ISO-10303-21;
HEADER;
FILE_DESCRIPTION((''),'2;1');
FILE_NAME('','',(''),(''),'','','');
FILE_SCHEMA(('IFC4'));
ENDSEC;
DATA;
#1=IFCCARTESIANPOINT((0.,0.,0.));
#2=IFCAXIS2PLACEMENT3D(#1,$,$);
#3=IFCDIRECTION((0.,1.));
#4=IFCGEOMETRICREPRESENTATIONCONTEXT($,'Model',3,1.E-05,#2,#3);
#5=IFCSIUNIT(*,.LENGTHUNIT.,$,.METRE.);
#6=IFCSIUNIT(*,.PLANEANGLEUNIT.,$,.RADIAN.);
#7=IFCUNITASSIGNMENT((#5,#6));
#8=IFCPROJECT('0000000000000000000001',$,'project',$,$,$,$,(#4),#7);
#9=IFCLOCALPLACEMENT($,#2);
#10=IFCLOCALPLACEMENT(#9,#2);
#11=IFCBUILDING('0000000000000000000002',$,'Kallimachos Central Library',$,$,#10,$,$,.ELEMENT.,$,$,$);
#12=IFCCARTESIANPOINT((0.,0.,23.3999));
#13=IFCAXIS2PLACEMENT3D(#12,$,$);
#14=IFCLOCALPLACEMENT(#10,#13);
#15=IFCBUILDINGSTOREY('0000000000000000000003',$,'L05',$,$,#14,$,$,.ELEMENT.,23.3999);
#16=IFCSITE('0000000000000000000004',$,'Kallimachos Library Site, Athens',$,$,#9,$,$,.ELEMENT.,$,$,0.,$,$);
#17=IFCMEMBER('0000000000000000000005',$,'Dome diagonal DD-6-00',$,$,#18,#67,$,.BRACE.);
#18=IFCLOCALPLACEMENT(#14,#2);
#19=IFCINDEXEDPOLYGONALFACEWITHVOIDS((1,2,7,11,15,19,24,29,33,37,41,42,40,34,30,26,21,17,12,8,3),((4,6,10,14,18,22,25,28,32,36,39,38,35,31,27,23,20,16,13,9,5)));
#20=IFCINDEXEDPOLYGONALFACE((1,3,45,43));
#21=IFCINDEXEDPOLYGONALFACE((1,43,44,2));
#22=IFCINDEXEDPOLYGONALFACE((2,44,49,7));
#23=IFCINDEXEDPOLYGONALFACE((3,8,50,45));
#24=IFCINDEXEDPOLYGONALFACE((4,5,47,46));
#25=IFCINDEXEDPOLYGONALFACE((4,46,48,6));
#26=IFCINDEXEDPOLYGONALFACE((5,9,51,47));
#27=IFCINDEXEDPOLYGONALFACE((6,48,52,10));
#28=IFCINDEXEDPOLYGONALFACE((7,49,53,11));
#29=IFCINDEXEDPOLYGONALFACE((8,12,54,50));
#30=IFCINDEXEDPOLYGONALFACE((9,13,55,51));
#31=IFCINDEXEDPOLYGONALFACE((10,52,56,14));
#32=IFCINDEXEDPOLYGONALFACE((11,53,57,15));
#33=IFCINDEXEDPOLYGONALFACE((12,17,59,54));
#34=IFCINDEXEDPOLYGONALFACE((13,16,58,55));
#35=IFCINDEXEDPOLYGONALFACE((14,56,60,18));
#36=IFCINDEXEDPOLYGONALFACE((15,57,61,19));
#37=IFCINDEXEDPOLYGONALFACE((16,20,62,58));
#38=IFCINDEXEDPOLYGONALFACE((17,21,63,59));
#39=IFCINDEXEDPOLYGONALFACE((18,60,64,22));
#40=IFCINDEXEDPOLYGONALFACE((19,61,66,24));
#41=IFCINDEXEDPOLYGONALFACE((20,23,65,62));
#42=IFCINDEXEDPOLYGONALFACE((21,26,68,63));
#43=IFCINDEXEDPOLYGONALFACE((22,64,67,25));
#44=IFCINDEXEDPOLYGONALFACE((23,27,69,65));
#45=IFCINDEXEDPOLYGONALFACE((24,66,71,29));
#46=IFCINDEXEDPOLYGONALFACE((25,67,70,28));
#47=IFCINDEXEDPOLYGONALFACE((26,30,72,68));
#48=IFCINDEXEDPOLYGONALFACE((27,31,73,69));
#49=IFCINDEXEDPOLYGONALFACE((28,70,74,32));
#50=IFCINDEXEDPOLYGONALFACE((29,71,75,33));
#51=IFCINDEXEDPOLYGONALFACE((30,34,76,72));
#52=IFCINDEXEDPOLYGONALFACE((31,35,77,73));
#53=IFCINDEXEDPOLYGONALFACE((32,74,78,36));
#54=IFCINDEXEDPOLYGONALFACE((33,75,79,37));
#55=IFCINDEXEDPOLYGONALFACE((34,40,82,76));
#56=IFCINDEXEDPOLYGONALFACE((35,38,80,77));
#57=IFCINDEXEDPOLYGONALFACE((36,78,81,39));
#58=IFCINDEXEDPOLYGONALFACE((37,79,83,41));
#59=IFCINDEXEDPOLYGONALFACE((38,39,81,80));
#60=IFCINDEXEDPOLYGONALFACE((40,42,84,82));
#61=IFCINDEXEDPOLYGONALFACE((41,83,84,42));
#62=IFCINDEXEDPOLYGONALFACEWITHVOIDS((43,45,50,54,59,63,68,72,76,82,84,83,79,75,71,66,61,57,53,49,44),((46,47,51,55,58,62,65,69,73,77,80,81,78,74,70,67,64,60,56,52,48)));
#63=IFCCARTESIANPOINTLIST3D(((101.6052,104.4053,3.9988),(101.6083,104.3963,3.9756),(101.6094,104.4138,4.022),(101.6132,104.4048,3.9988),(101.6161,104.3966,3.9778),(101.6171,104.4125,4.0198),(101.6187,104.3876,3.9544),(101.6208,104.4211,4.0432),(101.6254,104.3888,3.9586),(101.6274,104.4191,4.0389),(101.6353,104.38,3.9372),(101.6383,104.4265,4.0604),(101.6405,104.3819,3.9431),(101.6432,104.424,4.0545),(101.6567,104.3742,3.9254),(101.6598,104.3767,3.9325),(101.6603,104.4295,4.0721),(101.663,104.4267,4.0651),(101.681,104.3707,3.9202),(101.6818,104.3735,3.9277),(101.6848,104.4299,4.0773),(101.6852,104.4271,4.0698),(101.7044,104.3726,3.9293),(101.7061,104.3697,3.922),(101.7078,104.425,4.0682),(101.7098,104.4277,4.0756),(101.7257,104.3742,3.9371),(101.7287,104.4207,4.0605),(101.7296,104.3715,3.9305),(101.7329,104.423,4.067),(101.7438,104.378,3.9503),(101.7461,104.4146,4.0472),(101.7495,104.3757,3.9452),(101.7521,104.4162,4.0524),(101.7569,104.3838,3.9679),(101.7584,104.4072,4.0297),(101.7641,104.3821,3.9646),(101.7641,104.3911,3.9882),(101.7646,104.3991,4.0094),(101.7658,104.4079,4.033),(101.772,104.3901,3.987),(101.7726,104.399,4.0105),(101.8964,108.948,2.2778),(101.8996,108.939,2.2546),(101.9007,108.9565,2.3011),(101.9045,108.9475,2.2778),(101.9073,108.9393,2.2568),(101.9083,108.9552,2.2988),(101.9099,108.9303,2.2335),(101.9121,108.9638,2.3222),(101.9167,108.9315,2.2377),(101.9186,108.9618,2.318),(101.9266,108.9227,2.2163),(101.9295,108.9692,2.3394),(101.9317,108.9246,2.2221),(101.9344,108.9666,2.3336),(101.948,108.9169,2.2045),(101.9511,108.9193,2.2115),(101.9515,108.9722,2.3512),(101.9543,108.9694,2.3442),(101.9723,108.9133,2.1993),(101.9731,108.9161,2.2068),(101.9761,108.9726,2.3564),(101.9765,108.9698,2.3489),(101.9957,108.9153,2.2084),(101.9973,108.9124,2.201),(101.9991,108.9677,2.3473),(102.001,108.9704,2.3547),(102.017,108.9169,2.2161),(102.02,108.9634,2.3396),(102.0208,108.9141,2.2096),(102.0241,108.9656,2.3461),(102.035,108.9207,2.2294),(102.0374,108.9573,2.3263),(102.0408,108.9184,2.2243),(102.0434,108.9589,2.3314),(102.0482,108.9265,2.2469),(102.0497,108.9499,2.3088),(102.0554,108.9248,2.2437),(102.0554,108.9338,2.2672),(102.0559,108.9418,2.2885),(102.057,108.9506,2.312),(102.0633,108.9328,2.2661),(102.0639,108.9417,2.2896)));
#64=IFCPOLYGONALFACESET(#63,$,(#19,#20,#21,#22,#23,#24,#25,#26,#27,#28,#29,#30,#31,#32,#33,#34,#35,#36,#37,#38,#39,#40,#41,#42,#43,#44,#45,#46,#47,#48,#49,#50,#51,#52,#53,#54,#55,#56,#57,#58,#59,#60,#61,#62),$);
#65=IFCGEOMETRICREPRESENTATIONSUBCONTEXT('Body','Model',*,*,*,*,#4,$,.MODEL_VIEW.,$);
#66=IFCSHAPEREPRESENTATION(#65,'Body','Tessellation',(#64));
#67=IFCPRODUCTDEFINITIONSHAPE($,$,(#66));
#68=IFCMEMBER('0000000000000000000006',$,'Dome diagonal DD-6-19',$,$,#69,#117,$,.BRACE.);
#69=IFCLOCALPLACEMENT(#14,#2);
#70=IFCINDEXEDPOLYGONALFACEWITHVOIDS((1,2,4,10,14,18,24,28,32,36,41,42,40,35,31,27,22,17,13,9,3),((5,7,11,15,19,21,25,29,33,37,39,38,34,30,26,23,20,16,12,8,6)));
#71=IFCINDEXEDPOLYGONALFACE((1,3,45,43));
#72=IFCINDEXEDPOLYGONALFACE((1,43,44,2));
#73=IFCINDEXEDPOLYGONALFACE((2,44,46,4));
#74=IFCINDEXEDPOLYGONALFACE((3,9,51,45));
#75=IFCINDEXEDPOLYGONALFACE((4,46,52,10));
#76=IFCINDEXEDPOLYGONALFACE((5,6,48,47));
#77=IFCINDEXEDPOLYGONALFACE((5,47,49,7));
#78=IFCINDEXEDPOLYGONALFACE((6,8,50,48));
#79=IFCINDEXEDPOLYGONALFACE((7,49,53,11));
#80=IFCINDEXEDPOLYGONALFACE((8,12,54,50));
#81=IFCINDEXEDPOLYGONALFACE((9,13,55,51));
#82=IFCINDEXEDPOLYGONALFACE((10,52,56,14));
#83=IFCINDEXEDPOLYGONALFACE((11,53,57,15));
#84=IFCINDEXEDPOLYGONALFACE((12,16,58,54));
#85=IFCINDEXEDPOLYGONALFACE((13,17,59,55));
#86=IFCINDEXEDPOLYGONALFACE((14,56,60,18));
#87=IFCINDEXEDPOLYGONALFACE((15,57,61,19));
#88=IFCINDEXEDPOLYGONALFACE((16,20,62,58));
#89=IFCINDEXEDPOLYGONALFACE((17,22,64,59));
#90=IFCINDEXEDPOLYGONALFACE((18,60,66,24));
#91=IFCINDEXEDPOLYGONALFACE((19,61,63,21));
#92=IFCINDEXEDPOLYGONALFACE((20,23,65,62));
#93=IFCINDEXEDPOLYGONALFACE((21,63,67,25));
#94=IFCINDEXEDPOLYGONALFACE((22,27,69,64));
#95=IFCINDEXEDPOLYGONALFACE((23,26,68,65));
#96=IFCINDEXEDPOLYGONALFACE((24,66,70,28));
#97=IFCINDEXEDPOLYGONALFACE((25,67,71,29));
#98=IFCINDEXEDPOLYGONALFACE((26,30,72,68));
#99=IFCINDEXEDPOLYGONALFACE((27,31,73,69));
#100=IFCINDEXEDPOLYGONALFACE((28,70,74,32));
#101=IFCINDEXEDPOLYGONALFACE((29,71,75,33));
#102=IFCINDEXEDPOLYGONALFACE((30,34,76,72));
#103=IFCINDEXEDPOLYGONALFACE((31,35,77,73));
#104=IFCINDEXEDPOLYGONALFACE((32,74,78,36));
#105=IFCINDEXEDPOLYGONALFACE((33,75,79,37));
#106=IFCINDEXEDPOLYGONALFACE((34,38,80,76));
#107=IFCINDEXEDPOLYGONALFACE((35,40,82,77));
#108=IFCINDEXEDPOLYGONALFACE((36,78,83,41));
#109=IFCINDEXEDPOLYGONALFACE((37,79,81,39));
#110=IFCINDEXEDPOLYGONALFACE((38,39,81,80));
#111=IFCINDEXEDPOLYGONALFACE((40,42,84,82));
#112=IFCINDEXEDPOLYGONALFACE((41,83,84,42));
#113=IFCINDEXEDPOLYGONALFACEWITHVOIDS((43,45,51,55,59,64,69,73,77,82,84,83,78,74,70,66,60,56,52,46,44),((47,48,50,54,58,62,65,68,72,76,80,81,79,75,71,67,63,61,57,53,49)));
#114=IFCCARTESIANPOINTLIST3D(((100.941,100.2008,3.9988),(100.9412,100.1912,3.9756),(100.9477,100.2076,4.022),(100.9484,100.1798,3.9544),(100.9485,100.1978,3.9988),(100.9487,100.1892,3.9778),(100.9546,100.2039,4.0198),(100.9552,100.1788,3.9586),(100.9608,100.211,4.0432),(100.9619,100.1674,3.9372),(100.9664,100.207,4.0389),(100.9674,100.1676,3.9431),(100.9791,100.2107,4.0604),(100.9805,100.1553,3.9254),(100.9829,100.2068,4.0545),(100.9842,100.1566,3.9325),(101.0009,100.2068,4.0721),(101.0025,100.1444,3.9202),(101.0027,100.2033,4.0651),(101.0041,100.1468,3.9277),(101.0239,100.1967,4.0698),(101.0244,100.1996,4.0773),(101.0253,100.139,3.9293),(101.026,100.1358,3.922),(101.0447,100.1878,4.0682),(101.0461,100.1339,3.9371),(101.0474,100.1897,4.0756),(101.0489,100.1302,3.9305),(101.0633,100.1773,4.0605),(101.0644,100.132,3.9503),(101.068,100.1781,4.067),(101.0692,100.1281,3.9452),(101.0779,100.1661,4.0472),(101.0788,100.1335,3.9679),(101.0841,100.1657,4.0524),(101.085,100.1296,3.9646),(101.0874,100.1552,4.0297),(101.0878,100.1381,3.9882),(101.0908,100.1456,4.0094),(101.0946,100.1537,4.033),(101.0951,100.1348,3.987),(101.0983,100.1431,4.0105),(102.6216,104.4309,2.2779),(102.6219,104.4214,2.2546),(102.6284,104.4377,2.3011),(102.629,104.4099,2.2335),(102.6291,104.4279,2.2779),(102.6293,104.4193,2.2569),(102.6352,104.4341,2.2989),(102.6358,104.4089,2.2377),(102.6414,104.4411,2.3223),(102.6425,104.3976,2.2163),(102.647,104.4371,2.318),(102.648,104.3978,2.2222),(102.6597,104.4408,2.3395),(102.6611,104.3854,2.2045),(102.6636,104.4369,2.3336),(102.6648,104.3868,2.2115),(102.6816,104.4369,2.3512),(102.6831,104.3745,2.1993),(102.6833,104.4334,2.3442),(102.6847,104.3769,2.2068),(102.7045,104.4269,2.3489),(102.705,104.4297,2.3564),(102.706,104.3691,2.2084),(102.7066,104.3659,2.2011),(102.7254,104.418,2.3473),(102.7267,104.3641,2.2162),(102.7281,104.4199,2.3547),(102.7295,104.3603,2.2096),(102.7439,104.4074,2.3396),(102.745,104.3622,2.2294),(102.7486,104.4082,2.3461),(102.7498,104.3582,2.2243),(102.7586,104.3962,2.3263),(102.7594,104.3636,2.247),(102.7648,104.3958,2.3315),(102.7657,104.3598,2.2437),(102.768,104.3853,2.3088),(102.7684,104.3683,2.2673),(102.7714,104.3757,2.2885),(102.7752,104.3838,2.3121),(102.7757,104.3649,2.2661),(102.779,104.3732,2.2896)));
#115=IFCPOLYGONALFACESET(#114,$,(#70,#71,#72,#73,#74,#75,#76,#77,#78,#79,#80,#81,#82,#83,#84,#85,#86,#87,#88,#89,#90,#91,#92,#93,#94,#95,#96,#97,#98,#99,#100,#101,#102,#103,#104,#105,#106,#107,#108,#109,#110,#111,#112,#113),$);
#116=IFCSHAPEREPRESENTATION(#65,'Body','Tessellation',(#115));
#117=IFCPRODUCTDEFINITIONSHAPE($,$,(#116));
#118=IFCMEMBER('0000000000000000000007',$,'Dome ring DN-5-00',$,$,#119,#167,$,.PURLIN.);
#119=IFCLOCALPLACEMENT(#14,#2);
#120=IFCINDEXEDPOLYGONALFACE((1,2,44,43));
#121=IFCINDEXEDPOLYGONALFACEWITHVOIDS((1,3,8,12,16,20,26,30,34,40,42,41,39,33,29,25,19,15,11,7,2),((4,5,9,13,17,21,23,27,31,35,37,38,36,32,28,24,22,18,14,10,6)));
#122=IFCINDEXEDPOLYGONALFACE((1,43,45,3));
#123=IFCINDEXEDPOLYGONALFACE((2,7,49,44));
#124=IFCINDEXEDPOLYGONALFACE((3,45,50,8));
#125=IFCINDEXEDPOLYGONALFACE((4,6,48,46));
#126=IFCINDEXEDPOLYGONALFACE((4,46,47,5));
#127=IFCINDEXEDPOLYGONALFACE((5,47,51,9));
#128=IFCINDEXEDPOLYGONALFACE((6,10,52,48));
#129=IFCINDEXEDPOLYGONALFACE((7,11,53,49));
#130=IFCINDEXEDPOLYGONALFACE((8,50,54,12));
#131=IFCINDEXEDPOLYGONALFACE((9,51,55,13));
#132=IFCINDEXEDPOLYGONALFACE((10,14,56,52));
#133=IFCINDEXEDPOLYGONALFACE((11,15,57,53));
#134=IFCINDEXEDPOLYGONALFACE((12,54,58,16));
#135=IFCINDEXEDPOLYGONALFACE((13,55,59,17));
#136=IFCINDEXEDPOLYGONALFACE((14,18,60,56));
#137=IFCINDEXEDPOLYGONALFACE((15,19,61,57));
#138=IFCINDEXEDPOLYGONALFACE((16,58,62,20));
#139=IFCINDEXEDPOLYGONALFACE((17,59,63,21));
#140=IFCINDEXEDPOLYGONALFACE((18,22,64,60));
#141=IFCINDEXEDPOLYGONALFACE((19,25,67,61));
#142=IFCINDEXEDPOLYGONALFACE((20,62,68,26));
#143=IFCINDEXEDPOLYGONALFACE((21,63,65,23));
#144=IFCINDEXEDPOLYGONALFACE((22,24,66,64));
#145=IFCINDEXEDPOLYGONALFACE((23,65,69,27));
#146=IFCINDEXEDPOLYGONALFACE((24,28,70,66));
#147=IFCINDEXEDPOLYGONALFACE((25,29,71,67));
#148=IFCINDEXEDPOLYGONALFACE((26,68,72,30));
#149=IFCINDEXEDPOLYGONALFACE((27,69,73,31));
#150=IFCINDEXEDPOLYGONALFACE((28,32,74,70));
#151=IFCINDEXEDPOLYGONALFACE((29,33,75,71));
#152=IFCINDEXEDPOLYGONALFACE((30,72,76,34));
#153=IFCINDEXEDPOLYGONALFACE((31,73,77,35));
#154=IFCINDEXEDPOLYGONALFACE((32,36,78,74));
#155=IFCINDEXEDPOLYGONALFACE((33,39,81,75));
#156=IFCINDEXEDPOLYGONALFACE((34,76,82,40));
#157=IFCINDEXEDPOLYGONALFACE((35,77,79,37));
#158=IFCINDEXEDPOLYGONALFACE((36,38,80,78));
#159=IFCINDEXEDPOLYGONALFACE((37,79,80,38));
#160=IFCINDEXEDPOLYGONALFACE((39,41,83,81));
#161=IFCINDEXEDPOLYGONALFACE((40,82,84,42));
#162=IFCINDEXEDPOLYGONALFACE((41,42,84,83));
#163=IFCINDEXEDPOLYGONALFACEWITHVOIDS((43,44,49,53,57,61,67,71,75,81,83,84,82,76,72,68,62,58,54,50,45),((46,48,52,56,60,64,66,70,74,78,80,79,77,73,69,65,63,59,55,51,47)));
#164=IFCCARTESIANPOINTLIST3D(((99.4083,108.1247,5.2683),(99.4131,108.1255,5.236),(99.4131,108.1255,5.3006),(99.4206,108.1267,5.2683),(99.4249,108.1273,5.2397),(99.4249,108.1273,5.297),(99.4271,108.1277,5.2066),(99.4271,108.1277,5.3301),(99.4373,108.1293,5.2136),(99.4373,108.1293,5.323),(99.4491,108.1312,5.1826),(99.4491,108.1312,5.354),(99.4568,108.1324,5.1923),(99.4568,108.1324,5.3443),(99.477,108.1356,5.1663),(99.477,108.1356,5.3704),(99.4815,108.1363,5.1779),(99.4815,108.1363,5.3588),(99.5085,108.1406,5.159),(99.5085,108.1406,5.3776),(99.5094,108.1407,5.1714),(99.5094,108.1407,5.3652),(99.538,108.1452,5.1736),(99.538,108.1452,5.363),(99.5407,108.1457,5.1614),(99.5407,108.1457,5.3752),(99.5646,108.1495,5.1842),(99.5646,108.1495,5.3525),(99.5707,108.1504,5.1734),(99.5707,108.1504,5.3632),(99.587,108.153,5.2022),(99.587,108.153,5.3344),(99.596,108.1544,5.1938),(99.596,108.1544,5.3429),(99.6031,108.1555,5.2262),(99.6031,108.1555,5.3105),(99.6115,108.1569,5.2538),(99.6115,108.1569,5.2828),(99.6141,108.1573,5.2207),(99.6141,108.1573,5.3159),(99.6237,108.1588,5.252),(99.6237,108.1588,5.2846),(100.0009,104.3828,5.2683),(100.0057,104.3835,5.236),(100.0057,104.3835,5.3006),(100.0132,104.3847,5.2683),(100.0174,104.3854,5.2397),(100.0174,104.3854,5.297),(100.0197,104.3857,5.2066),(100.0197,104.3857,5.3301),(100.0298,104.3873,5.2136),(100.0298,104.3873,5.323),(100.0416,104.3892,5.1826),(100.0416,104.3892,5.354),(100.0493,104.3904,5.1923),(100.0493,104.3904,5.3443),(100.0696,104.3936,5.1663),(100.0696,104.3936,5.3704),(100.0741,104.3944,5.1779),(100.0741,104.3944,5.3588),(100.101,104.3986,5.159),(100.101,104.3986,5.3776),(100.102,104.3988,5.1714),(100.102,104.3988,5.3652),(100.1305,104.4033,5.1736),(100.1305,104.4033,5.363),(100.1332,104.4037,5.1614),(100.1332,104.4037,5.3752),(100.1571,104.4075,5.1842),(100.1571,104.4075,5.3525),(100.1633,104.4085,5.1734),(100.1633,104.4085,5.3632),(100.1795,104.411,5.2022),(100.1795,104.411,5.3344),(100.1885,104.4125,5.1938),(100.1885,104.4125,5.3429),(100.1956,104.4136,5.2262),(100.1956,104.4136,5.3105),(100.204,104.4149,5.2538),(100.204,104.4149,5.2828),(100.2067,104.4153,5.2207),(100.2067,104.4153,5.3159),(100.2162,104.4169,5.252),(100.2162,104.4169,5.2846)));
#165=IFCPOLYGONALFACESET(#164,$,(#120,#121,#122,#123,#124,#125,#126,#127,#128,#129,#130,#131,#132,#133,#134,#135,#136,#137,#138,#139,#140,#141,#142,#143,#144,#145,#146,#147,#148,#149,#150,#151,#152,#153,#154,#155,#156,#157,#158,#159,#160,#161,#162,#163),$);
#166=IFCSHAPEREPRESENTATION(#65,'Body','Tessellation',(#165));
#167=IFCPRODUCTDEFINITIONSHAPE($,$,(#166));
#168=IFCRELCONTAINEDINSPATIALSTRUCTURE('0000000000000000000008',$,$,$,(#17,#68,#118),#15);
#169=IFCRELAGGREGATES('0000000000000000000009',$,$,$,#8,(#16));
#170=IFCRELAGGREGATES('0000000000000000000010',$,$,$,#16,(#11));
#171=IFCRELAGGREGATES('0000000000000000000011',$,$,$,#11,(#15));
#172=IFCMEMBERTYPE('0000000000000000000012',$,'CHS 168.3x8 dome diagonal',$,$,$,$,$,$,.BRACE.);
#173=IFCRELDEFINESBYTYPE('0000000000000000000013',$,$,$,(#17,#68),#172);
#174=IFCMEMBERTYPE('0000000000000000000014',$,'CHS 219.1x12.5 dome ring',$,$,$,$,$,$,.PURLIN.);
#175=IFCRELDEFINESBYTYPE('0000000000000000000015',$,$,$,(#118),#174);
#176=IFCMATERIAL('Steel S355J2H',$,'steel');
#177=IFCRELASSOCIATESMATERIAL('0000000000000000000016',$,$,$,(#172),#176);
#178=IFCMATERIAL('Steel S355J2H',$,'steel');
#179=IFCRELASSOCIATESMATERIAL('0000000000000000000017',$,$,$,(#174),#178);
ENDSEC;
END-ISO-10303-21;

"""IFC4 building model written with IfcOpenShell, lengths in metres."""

from ifc_helpers import new_model, si_unit, direction, frame, origin, origin_2d, place, context, subcontext, project, spatial, hollow_circle, extrude, material, material_profile, profile_set, type_object, element, save


model = new_model("IFC4")

# Units and contexts
model_context = context("Model", 3, precision=1e-05, world=origin(), true_north=direction((0.0, 1.0)))
body_context = subcontext(model_context, "Body", "Model", "MODEL_VIEW")
ifc_project = project(units=[si_unit("LENGTHUNIT", "METRE"), si_unit("PLANEANGLEUNIT", "RADIAN")], contexts=[model_context])

# Site, building, storey
site_placement = place(None, origin())
site = spatial("IfcSite", under=ifc_project, at=site_placement, Name="Kallimachos Library Site, Athens", CompositionType="ELEMENT", RefElevation=0.0)
building_placement = place(site_placement, origin())
building = spatial("IfcBuilding", under=site, at=building_placement, Name="Kallimachos Central Library", CompositionType="ELEMENT")
storey_placement = place(building_placement, frame((0.0, 0.0, 23.3999)))
storey = spatial("IfcBuildingStorey", under=building, at=storey_placement, Name="L05", CompositionType="ELEMENT", Elevation=23.3999)

# Members
ifc_material_1 = material(Name="Steel S355J2H", Category="steel")
ifc_material_profile_1 = material_profile(ifc_material_1, hollow_circle(Radius=0.0842, WallThickness=0.0081, at=origin_2d()), Name="CHS 168.3x8")
ifc_profile_set_1 = profile_set([ifc_material_profile_1], Name="Steel S355J2H")
member_type_1 = type_object("IfcMemberType", Name="CHS 168.3x8 dome diagonal", PredefinedType="BRACE", material=ifc_profile_set_1)
member_1_placement = place(storey_placement, frame((101.6892, 104.3999, 3.9988), z_axis=(0.05985, 0.933468, -0.353631), x_axis=(-0.997951, 0.063984, 0.0)))
element("IfcMember", 1, at=member_1_placement, inside=storey, type_object=member_type_1, Name="Dome diagonal DD-6-00", PredefinedType="BRACE", context=body_context, shape_type="SweptSolid", body=[
    extrude(hollow_circle(Radius=0.0842, WallThickness=0.0081, at=origin_2d()), origin(), (0.0, 0.0, 1.0), 4.8665),
])
member_2_placement = place(storey_placement, frame((101.0193, 100.1697, 3.9988), z_axis=(0.345366, 0.869286, -0.353644), x_axis=(-0.92934, 0.369226, 0.0)))
element("IfcMember", 2, at=member_2_placement, inside=storey, type_object=member_type_1, Name="Dome diagonal DD-6-19", PredefinedType="BRACE", context=body_context, shape_type="SweptSolid", body=[
    extrude(hollow_circle(Radius=0.0842, WallThickness=0.0081, at=origin_2d()), origin(), (0.0, 0.0, 1.0), 4.8662),
])
ifc_material_2 = material(Name="Steel S355J2H", Category="steel")
ifc_material_profile_2 = material_profile(ifc_material_2, hollow_circle(Radius=0.1096, WallThickness=0.0125, at=origin_2d()), Name="CHS 219.1x12.5")
ifc_profile_set_2 = profile_set([ifc_material_profile_2], Name="Steel S355J2H")
member_type_2 = type_object("IfcMemberType", Name="CHS 219.1x12.5 dome ring", PredefinedType="PURLIN", material=ifc_profile_set_2)
for number, where, z_axis, x_axis, name in (
    (3, (100.1091, 104.3999, 5.2683), (-0.156399, 0.987694, 0.0), (-0.987694, -0.156399, 0.0), "Dome ring DN-5-00"),
):
    element("IfcMember", number, at=place(storey_placement, frame(where, z_axis=z_axis, x_axis=x_axis)), inside=storey, type_object=member_type_2, Name=name, PredefinedType="PURLIN", context=body_context, shape_type="SweptSolid", body=[
        extrude(hollow_circle(Radius=0.1096, WallThickness=0.0125, at=origin_2d()), origin(), (0.0, 0.0, 1.0), 3.7886),
    ])

save(model, "model.ifc")
